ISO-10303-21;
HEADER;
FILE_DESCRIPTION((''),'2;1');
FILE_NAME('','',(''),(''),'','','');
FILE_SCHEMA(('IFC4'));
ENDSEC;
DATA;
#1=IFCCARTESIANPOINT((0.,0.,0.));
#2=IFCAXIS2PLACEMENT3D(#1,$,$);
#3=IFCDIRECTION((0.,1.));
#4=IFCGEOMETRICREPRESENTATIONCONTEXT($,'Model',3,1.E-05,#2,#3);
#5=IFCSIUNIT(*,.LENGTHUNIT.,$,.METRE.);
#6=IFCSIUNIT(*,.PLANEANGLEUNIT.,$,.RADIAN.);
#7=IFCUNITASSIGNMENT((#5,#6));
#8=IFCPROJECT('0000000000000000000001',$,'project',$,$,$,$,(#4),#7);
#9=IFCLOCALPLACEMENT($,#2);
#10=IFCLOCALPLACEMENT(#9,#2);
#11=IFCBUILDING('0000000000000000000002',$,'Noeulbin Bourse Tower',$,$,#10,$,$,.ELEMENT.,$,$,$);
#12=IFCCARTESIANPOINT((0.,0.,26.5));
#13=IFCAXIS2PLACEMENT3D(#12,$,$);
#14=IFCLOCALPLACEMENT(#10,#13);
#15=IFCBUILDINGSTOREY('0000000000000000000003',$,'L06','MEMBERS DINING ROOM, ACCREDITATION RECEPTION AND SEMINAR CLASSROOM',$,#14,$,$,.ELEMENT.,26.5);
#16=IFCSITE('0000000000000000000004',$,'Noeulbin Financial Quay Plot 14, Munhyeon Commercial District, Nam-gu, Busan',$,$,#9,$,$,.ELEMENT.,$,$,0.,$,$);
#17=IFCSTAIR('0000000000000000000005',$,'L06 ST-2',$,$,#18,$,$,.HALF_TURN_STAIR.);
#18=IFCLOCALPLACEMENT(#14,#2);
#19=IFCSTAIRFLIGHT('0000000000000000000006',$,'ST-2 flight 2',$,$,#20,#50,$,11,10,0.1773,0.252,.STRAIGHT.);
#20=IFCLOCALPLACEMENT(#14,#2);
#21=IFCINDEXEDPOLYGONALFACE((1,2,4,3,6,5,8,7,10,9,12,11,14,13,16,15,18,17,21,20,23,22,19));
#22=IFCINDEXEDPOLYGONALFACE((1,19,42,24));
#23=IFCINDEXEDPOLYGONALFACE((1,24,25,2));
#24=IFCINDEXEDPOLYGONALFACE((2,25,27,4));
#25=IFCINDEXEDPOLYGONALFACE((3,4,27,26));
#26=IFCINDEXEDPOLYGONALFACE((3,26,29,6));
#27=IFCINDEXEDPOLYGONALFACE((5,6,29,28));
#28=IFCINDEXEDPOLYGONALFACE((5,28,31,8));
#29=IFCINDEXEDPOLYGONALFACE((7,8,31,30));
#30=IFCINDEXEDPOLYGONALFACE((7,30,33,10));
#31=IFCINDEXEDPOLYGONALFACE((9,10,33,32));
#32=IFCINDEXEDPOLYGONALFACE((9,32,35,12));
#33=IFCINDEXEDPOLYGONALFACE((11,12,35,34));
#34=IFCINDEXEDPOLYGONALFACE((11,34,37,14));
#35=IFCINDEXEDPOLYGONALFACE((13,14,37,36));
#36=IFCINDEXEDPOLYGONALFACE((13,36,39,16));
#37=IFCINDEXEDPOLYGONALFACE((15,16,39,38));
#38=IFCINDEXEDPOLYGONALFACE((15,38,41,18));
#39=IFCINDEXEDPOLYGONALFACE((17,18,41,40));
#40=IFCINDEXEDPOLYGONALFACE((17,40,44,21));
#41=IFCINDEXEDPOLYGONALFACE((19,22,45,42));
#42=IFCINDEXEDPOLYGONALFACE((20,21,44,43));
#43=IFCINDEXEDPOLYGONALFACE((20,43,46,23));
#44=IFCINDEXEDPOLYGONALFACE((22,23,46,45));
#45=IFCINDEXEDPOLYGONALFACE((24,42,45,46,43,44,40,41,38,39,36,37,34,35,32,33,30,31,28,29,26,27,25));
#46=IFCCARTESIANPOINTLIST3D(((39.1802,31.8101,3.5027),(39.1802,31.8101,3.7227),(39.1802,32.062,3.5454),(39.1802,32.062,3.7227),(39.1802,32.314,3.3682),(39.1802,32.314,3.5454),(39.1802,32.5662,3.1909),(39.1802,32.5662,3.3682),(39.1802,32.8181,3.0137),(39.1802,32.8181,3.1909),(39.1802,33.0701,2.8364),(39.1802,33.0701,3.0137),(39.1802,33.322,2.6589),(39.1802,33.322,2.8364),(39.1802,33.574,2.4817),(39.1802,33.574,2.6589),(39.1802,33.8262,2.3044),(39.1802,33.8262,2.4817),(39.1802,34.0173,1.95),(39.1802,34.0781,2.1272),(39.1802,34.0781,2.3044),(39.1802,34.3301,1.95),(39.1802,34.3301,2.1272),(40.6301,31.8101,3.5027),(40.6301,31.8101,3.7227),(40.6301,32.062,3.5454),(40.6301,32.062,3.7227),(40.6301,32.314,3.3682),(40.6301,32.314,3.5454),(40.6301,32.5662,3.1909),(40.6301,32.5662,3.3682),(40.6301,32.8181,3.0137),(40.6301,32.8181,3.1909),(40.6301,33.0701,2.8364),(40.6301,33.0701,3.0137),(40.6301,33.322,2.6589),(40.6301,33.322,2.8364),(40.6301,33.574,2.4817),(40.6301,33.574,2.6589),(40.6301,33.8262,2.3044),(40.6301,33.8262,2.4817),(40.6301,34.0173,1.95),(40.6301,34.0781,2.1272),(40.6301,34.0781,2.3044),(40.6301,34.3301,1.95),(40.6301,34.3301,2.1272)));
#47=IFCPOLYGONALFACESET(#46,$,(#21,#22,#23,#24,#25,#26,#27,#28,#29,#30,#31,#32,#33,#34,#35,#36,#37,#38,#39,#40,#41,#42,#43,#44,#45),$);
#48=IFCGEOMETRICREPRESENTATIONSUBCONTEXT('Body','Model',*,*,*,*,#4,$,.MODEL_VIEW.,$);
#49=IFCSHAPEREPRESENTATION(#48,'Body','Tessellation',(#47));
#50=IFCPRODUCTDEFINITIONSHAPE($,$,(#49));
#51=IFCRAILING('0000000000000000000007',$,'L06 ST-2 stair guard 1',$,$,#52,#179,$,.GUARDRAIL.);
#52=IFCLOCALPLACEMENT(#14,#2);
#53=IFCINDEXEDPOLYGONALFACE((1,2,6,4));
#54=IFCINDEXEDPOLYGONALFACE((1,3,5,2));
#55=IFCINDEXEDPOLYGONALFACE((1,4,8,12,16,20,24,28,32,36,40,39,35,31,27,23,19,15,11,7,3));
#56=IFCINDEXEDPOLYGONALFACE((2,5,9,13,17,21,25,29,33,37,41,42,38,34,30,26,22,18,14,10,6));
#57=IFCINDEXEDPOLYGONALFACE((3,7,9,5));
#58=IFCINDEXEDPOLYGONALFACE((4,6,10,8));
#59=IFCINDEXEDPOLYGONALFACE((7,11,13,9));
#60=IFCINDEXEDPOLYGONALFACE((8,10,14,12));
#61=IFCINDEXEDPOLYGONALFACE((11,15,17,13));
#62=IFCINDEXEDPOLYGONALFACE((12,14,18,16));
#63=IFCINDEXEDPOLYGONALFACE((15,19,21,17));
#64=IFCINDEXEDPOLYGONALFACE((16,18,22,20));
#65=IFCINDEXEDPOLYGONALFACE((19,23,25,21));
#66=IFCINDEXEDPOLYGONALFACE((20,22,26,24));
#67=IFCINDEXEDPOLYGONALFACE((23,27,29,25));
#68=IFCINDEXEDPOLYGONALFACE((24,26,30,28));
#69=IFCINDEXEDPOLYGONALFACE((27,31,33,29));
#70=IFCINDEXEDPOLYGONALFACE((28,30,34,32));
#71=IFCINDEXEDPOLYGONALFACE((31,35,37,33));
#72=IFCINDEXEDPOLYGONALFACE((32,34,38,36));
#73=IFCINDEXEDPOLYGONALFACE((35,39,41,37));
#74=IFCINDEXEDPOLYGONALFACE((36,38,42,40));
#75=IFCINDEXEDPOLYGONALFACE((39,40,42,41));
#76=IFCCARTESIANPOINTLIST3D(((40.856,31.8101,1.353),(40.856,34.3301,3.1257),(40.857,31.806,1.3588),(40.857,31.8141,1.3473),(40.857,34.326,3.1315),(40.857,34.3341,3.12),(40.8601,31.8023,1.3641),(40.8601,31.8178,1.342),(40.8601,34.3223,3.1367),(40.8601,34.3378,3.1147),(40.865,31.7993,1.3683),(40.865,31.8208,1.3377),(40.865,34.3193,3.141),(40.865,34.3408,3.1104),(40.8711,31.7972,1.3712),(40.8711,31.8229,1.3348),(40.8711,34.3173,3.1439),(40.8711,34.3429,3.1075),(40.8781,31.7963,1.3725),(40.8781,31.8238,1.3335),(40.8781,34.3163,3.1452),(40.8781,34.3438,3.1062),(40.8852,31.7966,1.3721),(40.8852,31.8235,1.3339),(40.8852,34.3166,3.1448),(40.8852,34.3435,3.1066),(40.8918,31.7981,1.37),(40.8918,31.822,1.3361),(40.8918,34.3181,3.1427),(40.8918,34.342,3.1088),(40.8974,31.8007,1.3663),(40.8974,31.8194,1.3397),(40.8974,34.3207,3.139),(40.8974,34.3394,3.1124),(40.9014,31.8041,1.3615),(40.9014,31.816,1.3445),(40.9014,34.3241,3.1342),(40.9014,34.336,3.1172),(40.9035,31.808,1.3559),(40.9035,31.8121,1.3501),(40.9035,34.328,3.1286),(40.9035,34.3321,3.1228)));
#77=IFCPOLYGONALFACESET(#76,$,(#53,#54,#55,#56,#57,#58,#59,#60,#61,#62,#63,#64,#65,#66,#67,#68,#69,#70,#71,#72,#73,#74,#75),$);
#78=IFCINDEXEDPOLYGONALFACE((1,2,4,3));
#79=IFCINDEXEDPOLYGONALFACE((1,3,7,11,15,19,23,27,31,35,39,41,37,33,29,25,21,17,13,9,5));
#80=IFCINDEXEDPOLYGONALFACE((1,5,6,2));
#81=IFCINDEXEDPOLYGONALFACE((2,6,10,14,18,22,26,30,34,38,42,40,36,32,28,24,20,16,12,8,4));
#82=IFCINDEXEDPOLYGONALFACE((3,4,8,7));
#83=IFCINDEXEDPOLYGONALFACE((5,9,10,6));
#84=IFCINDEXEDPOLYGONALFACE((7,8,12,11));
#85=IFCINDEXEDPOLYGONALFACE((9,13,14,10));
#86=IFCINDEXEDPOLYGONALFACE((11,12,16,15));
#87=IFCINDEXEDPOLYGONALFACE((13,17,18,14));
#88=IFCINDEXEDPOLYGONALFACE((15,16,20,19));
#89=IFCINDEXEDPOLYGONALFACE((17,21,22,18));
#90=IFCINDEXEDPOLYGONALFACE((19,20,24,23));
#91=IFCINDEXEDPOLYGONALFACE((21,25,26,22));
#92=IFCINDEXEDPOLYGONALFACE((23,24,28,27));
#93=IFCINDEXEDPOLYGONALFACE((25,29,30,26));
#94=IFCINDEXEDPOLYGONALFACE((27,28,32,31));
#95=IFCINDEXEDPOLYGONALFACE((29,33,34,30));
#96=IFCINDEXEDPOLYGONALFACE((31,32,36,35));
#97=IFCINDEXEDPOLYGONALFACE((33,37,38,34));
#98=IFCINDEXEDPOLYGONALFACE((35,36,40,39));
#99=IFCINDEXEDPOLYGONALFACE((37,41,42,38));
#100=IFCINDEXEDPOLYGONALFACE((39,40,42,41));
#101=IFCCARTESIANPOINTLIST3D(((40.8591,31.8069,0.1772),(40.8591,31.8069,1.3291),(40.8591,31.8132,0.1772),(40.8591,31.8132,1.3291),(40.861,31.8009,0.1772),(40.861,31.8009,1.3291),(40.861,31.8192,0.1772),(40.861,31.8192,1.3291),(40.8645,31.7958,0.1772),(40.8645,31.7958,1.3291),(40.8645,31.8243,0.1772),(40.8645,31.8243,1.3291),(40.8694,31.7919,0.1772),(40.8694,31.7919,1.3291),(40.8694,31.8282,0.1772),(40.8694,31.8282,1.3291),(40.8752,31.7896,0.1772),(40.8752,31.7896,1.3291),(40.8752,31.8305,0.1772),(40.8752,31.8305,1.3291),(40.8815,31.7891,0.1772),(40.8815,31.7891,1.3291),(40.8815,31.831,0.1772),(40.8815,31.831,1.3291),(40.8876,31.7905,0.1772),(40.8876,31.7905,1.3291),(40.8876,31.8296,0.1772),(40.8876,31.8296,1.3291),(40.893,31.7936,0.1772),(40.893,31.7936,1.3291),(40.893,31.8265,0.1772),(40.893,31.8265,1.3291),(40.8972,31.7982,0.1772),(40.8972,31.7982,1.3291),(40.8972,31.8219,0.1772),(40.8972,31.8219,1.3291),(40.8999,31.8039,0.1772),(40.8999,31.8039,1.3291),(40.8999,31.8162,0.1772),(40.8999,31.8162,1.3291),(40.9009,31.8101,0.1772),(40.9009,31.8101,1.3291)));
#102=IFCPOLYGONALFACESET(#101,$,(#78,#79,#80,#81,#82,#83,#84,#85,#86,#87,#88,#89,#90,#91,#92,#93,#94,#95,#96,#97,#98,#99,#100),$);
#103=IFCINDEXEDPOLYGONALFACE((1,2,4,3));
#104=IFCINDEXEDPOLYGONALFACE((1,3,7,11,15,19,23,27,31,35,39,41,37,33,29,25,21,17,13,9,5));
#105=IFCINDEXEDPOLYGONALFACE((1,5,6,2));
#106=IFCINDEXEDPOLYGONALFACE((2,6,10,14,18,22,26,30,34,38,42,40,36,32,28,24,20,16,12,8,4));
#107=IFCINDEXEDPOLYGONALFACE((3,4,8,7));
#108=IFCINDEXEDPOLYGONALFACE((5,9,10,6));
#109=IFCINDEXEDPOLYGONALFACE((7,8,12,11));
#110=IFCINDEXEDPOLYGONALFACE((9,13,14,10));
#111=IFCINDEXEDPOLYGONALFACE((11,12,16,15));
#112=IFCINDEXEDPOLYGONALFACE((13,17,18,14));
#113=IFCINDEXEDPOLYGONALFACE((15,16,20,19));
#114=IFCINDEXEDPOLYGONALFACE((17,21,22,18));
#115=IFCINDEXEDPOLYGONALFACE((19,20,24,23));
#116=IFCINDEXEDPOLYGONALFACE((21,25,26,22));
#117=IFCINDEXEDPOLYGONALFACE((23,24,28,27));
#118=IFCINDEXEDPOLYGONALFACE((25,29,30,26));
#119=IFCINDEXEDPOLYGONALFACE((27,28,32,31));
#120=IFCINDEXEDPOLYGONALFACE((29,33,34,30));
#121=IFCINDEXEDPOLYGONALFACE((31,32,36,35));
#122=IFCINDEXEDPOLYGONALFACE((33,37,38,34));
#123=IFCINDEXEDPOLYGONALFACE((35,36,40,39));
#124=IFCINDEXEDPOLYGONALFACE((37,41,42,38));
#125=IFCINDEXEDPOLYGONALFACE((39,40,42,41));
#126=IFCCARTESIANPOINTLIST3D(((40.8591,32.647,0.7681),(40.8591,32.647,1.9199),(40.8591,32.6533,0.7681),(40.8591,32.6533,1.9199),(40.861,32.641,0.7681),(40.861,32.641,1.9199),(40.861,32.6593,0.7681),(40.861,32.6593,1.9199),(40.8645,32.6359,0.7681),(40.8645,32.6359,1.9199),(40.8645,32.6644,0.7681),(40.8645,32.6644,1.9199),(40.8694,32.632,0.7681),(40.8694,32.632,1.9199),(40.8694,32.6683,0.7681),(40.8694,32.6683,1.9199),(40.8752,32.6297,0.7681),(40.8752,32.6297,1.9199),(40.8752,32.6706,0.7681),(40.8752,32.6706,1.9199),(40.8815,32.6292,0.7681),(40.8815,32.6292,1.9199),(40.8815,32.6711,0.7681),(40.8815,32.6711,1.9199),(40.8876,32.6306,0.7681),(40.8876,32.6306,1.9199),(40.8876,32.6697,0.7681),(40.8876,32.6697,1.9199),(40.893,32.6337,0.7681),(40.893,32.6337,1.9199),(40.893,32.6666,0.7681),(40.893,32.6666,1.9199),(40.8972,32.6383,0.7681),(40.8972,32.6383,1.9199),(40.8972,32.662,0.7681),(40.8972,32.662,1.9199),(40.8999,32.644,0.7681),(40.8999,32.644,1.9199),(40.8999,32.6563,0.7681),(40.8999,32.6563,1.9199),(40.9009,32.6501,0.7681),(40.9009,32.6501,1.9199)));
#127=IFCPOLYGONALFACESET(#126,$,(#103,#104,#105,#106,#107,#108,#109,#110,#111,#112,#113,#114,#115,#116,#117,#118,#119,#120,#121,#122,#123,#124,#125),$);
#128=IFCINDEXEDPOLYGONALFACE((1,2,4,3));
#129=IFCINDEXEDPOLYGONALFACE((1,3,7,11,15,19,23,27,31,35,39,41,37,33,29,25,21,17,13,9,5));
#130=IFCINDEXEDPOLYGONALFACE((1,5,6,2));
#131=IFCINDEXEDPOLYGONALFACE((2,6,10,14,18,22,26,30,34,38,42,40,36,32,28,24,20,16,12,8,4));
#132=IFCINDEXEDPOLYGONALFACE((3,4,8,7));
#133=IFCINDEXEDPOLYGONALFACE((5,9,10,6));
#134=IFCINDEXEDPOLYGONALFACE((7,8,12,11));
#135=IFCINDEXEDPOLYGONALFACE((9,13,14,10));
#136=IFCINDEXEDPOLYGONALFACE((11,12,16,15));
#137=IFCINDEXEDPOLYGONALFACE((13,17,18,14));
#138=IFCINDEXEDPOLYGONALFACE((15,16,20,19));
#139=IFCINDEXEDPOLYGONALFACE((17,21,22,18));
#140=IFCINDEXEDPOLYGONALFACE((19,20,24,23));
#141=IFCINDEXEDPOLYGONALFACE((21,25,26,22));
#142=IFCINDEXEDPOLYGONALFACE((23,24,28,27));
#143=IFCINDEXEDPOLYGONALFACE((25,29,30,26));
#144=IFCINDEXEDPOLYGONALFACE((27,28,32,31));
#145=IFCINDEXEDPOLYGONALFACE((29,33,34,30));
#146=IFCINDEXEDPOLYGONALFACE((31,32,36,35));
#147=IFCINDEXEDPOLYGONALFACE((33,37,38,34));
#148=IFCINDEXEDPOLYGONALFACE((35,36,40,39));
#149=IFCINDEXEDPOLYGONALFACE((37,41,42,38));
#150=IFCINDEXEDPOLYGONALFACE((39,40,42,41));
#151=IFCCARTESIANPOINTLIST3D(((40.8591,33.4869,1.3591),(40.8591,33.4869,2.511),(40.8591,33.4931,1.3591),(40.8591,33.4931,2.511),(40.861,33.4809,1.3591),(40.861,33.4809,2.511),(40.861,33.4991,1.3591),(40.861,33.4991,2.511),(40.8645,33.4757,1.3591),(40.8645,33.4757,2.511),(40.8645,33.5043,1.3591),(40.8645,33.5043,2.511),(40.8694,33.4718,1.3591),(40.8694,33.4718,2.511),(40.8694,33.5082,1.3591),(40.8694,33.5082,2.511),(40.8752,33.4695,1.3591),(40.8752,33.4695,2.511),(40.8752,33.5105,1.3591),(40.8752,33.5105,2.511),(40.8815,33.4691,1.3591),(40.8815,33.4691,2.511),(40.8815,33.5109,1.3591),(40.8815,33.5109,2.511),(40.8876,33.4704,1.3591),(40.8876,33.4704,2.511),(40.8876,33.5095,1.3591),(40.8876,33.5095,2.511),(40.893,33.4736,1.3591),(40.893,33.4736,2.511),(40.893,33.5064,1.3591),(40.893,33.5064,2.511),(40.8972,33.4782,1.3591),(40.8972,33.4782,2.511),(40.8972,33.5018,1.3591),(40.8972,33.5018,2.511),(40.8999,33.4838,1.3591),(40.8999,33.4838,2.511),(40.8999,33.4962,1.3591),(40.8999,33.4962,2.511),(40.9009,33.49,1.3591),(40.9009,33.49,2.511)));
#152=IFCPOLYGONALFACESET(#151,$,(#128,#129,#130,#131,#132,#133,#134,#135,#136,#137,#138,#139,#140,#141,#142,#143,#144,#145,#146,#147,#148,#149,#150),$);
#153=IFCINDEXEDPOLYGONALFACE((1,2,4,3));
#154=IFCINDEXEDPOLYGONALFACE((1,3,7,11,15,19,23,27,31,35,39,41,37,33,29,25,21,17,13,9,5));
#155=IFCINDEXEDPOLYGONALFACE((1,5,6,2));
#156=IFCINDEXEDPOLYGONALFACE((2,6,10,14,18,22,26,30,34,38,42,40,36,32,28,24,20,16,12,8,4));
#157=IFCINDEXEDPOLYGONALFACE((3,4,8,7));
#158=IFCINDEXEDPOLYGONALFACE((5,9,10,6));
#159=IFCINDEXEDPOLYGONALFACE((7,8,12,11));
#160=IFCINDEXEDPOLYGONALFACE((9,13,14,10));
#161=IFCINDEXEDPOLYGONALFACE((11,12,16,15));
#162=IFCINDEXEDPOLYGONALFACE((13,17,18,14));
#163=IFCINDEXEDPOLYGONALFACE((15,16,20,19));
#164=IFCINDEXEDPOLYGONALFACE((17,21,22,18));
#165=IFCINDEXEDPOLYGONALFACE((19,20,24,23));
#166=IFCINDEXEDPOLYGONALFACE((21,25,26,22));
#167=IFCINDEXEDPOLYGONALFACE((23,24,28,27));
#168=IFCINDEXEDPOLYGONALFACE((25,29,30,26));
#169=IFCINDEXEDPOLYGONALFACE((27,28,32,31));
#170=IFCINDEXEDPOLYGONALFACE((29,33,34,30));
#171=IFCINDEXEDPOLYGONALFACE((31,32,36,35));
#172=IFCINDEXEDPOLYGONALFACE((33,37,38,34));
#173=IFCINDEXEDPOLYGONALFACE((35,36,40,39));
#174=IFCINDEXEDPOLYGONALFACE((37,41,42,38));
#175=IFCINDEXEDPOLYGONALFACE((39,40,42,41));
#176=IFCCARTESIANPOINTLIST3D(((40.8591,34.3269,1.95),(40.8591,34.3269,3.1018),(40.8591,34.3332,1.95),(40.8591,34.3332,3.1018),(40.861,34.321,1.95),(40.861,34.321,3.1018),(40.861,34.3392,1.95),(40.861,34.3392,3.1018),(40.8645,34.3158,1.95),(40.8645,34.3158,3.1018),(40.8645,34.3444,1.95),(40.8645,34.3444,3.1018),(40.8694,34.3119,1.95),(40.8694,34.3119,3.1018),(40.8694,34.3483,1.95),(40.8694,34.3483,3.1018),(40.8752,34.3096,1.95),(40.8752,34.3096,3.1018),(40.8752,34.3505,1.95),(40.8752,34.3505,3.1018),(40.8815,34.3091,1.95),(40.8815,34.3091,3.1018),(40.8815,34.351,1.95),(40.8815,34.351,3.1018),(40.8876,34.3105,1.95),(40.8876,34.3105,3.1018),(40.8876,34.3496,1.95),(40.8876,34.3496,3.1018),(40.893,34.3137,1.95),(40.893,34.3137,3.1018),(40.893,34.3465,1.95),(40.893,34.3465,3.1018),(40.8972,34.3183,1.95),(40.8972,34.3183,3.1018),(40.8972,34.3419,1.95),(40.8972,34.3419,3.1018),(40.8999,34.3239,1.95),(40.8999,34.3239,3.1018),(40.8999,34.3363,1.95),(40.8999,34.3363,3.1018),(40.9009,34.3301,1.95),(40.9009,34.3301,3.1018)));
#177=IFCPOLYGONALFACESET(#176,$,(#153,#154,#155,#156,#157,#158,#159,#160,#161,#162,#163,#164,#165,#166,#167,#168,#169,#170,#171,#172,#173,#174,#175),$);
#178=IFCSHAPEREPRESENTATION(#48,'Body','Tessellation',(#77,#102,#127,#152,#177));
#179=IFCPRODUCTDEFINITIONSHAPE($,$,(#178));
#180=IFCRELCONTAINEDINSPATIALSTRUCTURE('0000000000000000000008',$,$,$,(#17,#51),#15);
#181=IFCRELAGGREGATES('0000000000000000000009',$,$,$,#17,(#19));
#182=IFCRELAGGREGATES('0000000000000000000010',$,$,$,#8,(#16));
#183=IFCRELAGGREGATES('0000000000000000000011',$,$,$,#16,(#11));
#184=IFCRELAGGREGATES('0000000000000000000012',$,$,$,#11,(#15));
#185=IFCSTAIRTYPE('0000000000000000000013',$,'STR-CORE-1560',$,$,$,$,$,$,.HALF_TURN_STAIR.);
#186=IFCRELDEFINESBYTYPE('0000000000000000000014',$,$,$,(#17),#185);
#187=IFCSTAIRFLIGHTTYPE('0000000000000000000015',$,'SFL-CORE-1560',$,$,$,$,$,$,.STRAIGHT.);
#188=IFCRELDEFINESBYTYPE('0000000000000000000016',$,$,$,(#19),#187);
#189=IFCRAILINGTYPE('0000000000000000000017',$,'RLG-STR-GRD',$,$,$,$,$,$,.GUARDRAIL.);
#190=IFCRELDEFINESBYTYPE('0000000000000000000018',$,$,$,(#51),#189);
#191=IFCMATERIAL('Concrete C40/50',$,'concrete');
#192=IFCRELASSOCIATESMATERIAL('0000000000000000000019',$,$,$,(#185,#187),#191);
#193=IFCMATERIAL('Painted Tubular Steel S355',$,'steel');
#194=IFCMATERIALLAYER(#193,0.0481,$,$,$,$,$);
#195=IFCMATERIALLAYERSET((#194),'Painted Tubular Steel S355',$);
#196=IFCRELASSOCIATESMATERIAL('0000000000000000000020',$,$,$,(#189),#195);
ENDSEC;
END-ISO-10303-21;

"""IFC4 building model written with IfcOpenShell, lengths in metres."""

from ifc_helpers import new_model, si_unit, direction, frame, origin, origin_2d, place, context, subcontext, project, spatial, polyline, circle, outline, extrude, material, layer, layer_set, type_object, element, aggregate, save


model = new_model("IFC4")

# Units and contexts
model_context = context("Model", 3, precision=1e-05, world=origin(), true_north=direction((0.0, 1.0)))
body_context = subcontext(model_context, "Body", "Model", "MODEL_VIEW")
ifc_project = project(units=[si_unit("LENGTHUNIT", "METRE"), si_unit("PLANEANGLEUNIT", "RADIAN")], contexts=[model_context])

# Site, building, storey
site_placement = place(None, origin())
site = spatial("IfcSite", under=ifc_project, at=site_placement, Name="Noeulbin Financial Quay Plot 14, Munhyeon Commercial District, Nam-gu, Busan", CompositionType="ELEMENT", RefElevation=0.0)
building_placement = place(site_placement, origin())
building = spatial("IfcBuilding", under=site, at=building_placement, Name="Noeulbin Bourse Tower", CompositionType="ELEMENT")
storey_placement = place(building_placement, frame((0.0, 0.0, 26.5)))
storey = spatial("IfcBuildingStorey", under=building, at=storey_placement, Name="L06", Description="MEMBERS DINING ROOM, ACCREDITATION RECEPTION AND SEMINAR CLASSROOM", CompositionType="ELEMENT", Elevation=26.5)

# Shared definitions
ifc_material_1 = material(Name="Concrete C40/50", Category="concrete")

# Stair, stair flight
stair_type = type_object("IfcStairType", Name="STR-CORE-1560", PredefinedType="HALF_TURN_STAIR", material=ifc_material_1)
stair_placement = place(storey_placement, origin())
stair = element("IfcStair", 1, at=stair_placement, inside=storey, type_object=stair_type, Name="L06 ST-2", PredefinedType="HALF_TURN_STAIR")
stair_flight_type = type_object("IfcStairFlightType", Name="SFL-CORE-1560", PredefinedType="STRAIGHT", material=ifc_material_1)
stair_flight_1_placement = place(storey_placement, frame((39.905, 34.3301, 1.95), z_axis=(0.0, 0.0, 1.0), x_axis=(0.0, -1.0, 0.0)))
stair_flight_1 = element("IfcStairFlight", 2, at=stair_flight_1_placement, type_object=stair_flight_type, Name="ST-2 flight 2", NumberOfRisers=11, NumberOfTreads=10, PredefinedType="STRAIGHT", RiserHeight=0.1773, TreadLength=0.252, context=body_context, shape_type="SweptSolid", body=[
    extrude(outline(polyline([(0.0, 0.0), (0.0, 0.1772), (0.252, 0.1772), (0.252, 0.3545), (0.5039, 0.3545), (0.5039, 0.5317), (0.7561, 0.5317), (0.7561, 0.709), (1.0081, 0.709), (1.0081, 0.8865), (1.26, 0.8865), (1.26, 1.0637), (1.512, 1.0637), (1.512, 1.241), (1.7639, 1.241), (1.7639, 1.4182), (2.0161, 1.4182), (2.0161, 1.5955), (2.2681, 1.5955), (2.2681, 1.7727), (2.52, 1.7727), (2.52, 1.95), (2.52, 1.5527), (0.3127, 0.0), (0.0, 0.0)])), frame((0.0, 0.7251, 0.0), z_axis=(0.0, -1.0, 0.0), x_axis=(1.0, 0.0, 0.0)), (0.0, 0.0, 1.0), 1.45),
])
aggregate(stair, [stair_flight_1])

# Railing
ifc_material_2 = material(Name="Painted Tubular Steel S355", Category="steel")
ifc_layer_1 = layer(ifc_material_2, 0.0481)
ifc_layer_set_1 = layer_set([ifc_layer_1], Name="Painted Tubular Steel S355")
railing_type_1 = type_object("IfcRailingType", Name="RLG-STR-GRD", PredefinedType="GUARDRAIL", material=ifc_layer_set_1)
railing_1_placement = place(storey_placement, frame((40.8799, 31.8101, 0.1772)))
element("IfcRailing", 3, at=railing_1_placement, inside=storey, type_object=railing_type_1, Name="L06 ST-2 stair guard 1", PredefinedType="GUARDRAIL", context=body_context, shape_type="SweptSolid", body=[
    extrude(circle(Radius=0.0239, at=origin_2d()), frame((0.0, 0.0, 1.1758), z_axis=(0.0, 0.817904, 0.575354), x_axis=(-1.0, 0.0, 0.0)), (0.0, 0.0, 1.0), 3.0811),
    extrude(circle(Radius=0.021, at=origin_2d()), origin(), (0.0, 0.0, 1.0), 1.1519),
    extrude(circle(Radius=0.021, at=origin_2d()), frame((0.0, 0.8401, 0.5908)), (0.0, 0.0, 1.0), 1.1519),
    extrude(circle(Radius=0.021, at=origin_2d()), frame((0.0, 1.6799, 1.1819)), (0.0, 0.0, 1.0), 1.1519),
    extrude(circle(Radius=0.021, at=origin_2d()), frame((0.0, 2.52, 1.7727)), (0.0, 0.0, 1.0), 1.1519),
])

save(model, "model.ifc")
